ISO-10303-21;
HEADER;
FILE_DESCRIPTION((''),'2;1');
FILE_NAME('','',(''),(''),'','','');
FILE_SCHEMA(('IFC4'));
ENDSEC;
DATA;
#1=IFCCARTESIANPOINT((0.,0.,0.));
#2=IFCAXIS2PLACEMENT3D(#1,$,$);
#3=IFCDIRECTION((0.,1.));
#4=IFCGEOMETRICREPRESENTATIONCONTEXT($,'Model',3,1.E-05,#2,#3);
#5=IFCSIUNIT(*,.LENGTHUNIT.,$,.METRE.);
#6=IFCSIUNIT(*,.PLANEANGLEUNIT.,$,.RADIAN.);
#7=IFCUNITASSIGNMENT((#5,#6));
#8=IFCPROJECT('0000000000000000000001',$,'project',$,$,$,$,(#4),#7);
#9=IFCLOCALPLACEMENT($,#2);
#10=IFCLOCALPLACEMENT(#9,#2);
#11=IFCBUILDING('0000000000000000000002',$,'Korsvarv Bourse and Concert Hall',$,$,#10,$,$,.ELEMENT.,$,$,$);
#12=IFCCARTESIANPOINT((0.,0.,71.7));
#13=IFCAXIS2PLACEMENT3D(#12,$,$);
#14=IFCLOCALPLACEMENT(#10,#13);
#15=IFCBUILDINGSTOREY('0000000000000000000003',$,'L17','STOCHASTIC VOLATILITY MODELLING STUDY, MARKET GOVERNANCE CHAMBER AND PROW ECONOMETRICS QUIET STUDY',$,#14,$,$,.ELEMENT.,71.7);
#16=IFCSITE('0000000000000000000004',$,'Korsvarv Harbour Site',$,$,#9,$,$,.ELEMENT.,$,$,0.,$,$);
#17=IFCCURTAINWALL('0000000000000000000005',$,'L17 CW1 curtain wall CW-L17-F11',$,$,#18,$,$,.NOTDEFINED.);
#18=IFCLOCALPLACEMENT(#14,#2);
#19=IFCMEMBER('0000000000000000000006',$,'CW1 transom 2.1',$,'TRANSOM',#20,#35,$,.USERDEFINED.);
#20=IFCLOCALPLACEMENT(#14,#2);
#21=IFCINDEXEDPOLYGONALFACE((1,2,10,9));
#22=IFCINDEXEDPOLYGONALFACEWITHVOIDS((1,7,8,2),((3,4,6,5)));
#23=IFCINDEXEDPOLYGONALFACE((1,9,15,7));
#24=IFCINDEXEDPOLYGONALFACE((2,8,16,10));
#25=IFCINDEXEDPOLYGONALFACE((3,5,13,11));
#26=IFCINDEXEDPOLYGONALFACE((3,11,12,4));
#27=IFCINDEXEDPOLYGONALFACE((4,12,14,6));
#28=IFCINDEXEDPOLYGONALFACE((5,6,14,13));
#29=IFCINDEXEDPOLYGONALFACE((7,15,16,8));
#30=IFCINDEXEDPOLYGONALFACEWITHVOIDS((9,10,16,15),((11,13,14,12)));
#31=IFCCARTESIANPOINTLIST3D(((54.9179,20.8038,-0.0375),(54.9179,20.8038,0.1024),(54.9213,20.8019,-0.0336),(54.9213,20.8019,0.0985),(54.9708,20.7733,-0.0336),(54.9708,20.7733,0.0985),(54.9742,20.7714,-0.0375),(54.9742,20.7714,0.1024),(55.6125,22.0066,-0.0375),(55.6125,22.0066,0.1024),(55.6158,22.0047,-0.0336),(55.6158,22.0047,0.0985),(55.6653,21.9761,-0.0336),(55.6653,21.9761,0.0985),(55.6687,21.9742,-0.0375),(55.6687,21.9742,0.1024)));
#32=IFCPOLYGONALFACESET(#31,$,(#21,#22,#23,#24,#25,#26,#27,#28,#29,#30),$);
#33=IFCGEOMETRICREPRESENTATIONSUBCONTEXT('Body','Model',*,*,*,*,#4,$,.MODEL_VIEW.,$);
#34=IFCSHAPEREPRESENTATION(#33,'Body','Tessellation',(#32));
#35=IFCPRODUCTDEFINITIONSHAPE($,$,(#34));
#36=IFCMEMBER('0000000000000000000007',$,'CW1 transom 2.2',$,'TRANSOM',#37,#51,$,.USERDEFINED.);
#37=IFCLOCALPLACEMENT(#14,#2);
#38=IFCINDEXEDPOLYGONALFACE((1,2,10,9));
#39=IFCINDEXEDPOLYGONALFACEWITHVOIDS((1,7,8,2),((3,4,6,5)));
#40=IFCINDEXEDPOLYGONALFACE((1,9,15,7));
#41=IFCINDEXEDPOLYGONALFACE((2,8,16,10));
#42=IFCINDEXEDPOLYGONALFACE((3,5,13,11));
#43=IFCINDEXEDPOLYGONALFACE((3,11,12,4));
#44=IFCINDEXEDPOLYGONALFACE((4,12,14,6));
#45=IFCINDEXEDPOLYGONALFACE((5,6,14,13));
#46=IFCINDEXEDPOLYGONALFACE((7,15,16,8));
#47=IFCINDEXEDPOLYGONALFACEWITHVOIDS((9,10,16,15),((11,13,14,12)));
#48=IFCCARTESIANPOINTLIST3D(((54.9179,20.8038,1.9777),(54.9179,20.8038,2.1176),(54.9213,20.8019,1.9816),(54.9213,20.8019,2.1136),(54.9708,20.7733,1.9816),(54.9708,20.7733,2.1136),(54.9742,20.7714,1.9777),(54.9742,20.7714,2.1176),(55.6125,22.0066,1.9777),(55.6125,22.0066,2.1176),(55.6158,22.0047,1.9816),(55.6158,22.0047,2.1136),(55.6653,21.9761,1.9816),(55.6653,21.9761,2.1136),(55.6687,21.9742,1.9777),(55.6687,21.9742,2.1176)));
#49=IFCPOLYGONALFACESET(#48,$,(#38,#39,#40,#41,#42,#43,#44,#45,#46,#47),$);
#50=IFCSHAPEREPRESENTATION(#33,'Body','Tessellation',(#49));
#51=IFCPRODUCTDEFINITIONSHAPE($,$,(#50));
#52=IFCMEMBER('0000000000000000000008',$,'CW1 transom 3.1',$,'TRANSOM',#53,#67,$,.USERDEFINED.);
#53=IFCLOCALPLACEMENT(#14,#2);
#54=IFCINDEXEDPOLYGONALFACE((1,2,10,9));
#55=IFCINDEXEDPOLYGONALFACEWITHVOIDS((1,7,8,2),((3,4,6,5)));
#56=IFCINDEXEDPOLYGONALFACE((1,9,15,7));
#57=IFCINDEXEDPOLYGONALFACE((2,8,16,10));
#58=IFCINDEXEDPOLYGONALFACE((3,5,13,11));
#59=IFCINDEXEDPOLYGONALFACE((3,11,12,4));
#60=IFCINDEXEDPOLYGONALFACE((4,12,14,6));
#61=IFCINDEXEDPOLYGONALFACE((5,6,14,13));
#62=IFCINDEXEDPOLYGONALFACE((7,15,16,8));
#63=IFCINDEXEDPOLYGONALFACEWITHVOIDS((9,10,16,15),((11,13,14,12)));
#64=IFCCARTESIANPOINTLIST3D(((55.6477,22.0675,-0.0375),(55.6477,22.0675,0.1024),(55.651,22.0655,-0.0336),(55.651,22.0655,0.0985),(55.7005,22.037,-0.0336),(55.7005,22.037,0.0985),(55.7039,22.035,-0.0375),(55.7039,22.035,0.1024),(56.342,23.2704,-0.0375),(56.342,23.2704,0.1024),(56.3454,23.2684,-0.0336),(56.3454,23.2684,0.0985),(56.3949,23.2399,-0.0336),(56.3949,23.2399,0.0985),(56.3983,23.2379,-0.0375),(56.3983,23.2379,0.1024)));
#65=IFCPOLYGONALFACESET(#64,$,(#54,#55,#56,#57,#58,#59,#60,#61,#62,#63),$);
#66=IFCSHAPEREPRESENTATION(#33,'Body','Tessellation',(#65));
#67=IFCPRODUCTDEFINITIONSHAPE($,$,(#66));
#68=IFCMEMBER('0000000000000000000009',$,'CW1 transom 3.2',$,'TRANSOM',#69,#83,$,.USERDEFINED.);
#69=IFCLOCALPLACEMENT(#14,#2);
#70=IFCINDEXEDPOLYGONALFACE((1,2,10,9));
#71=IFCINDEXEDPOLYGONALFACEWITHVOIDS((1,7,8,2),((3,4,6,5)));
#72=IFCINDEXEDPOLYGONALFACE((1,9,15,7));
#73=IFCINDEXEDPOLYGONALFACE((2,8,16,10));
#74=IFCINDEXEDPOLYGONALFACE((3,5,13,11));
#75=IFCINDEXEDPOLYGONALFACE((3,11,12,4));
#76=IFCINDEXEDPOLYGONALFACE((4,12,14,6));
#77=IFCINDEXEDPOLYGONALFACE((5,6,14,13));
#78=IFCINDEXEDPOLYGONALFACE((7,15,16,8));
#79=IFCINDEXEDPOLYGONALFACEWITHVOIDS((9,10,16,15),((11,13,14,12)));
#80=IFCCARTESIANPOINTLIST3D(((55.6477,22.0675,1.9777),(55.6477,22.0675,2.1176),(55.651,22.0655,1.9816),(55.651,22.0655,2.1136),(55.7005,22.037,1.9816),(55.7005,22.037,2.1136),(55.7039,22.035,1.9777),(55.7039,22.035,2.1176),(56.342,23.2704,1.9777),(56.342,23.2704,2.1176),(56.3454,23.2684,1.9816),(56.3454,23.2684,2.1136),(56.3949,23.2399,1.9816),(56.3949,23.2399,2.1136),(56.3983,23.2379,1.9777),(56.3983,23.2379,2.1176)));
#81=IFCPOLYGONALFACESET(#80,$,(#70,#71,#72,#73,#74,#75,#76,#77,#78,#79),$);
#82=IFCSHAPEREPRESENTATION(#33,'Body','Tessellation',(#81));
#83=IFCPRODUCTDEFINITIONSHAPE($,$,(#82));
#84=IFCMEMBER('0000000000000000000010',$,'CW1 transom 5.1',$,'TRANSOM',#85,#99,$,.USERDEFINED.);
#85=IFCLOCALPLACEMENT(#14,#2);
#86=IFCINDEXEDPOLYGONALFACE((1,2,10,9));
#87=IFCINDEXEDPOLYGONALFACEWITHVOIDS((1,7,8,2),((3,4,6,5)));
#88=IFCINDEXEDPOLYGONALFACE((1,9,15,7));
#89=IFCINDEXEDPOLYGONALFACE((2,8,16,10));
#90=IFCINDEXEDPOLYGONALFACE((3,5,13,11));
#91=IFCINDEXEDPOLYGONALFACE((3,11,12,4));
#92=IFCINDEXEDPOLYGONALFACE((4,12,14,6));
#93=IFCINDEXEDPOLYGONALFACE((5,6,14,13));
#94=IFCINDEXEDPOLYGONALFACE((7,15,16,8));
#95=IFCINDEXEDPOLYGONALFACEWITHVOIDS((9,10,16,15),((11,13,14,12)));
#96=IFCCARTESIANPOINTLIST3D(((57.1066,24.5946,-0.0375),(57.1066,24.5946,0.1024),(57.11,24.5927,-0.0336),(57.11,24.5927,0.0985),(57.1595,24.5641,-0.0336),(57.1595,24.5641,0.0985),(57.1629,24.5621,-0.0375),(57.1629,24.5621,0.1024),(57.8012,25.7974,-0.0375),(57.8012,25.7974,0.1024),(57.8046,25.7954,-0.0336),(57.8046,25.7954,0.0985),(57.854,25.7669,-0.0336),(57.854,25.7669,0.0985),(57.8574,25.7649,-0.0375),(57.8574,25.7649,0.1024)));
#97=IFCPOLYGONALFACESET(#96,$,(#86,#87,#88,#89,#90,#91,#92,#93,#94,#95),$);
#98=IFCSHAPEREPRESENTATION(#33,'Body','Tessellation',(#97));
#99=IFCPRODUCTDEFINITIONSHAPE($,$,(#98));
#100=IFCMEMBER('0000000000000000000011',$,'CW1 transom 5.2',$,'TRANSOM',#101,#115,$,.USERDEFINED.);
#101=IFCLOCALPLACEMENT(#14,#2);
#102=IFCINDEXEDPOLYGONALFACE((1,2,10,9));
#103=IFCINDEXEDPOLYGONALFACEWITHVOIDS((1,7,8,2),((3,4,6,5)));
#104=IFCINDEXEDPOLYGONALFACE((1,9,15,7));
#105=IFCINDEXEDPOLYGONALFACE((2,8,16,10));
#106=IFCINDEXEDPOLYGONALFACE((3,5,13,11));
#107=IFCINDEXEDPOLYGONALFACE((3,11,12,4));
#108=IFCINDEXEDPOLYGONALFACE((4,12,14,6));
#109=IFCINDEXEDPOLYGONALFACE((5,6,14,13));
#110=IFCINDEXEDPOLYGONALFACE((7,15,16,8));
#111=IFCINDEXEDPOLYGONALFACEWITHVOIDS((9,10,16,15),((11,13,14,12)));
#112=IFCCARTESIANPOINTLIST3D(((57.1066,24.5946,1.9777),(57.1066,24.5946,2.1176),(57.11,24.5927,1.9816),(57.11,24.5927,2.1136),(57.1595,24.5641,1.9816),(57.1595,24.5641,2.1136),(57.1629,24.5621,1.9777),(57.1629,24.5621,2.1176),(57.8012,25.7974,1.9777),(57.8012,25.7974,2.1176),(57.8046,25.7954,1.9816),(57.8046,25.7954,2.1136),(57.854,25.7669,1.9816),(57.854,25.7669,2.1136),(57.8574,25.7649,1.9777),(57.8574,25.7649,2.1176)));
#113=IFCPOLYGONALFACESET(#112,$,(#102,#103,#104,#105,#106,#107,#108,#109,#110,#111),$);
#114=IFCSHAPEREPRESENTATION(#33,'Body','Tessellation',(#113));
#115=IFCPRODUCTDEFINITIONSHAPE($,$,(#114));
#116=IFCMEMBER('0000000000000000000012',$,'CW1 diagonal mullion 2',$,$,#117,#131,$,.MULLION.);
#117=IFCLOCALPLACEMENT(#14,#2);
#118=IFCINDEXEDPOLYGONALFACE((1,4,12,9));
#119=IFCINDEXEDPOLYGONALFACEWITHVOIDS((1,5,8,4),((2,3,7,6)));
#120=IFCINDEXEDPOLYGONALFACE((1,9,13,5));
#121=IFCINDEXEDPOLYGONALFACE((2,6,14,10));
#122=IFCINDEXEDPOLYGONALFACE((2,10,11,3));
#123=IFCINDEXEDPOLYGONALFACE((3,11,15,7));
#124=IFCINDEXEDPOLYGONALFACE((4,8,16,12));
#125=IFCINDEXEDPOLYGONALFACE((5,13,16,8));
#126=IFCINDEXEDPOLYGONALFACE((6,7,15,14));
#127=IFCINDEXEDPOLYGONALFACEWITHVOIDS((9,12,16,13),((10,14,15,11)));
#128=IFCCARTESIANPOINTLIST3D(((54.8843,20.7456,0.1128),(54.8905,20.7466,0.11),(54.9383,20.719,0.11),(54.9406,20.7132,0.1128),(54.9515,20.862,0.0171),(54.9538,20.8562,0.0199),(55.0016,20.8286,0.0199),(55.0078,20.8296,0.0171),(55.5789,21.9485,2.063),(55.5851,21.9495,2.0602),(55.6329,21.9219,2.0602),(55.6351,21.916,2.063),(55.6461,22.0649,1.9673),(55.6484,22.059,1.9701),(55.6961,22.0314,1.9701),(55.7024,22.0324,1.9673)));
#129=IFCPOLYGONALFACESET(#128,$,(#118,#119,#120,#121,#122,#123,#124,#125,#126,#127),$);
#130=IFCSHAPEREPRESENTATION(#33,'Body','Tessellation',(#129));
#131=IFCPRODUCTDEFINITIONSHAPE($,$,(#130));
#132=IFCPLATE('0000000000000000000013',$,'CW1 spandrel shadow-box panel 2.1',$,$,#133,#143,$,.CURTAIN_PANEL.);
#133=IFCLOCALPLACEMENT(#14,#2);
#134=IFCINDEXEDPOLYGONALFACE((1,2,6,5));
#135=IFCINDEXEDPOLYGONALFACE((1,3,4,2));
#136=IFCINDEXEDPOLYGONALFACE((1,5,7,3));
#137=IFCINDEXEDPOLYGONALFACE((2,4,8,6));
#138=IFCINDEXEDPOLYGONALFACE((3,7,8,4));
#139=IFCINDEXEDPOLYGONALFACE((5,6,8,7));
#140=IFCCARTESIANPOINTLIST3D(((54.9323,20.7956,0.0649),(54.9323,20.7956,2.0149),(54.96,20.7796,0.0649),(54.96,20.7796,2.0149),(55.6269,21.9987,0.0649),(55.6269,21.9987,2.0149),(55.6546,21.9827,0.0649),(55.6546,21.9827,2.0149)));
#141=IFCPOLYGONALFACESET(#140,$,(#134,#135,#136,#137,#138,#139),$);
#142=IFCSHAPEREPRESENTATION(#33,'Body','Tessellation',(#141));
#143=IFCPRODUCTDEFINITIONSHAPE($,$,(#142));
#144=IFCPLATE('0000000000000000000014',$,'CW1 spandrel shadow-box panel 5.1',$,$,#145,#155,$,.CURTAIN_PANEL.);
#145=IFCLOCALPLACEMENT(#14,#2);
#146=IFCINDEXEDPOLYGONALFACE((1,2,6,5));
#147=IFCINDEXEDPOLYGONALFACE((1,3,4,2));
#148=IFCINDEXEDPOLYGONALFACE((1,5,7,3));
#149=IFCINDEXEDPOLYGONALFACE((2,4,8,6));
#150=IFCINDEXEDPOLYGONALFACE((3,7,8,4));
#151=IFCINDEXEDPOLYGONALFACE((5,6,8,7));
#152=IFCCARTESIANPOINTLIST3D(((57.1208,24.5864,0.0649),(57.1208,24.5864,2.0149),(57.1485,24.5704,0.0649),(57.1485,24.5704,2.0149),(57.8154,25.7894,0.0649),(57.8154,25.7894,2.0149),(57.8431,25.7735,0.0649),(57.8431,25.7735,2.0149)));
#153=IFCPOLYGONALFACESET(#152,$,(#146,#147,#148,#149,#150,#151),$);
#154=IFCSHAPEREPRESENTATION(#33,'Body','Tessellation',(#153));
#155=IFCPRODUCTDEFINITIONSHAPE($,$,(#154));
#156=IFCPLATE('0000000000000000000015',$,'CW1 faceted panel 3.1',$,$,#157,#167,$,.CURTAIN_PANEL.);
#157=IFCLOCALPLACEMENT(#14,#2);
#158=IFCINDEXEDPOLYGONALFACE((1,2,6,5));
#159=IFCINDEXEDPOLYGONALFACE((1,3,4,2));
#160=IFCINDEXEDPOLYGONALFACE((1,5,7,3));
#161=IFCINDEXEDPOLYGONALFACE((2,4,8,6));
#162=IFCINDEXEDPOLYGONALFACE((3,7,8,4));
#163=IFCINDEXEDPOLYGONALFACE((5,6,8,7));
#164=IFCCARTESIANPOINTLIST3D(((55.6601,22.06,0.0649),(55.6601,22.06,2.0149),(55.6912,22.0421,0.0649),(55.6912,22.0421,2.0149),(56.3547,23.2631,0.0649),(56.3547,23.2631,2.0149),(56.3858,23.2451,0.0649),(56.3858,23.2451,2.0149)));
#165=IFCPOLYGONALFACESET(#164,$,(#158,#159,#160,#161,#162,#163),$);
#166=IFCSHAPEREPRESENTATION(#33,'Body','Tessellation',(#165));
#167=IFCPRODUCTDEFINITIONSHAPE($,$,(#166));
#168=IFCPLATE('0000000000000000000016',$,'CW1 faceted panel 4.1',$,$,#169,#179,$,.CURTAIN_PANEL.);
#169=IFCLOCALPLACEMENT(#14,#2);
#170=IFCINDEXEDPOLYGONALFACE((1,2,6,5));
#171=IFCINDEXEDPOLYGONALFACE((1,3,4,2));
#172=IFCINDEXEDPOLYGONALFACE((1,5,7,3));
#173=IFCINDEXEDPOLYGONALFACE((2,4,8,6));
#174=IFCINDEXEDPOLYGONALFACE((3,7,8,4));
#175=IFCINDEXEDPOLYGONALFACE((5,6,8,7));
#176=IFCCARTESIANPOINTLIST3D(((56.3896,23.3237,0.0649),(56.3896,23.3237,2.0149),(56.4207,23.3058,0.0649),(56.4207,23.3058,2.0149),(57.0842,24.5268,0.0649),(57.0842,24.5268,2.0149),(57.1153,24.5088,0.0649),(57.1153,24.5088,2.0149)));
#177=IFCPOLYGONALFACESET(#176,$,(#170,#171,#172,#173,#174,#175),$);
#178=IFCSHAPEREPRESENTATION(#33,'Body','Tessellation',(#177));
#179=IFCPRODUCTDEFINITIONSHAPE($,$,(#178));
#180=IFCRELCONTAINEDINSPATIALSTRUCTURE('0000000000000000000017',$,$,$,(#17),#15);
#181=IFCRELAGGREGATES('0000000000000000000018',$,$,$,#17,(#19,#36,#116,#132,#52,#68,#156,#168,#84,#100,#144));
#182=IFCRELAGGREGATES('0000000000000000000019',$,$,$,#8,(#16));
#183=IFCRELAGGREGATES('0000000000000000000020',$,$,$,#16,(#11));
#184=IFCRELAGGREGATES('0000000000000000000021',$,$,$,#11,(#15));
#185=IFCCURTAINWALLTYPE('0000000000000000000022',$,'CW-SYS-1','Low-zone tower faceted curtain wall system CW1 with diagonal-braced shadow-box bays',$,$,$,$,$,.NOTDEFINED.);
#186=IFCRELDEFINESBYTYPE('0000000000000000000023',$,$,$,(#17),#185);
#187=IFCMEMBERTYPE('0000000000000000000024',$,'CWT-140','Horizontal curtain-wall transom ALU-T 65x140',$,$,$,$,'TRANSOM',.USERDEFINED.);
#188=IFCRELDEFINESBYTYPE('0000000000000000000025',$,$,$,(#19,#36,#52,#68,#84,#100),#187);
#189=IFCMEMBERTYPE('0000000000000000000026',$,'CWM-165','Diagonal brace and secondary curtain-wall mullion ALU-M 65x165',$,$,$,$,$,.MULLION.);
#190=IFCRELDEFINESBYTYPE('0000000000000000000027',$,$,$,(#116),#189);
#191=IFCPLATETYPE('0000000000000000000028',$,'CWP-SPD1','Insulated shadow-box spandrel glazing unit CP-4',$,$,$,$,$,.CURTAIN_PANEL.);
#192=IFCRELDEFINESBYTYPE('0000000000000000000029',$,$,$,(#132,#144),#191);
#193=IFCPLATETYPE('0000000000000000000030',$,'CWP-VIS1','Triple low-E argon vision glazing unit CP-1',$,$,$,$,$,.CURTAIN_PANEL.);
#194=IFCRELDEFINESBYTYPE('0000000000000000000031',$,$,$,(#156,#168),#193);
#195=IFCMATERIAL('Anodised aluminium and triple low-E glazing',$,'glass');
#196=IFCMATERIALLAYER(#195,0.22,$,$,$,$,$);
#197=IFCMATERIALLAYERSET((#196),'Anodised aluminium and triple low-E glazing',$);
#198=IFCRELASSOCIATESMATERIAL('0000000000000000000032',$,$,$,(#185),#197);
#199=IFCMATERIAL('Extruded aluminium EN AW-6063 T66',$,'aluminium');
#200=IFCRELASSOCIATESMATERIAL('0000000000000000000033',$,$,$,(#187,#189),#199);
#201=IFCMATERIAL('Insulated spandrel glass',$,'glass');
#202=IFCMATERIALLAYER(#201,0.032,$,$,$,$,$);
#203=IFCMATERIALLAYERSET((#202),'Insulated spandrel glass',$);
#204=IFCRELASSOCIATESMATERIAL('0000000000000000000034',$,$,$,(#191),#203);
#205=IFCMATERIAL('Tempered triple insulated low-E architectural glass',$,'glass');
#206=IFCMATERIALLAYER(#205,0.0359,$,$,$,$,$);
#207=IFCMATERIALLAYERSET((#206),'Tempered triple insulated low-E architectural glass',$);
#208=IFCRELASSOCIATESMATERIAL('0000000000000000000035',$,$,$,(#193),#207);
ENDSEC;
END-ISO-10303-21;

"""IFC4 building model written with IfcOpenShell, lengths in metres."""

from ifc_helpers import new_model, si_unit, direction, frame, origin, origin_2d, place, context, subcontext, project, spatial, rectangle, hollow_rectangle, extrude, source, transform, mapped, material, layer, layer_set, material_profile, profile_set, type_object, element, aggregate, save


model = new_model("IFC4")

# Units and contexts
model_context = context("Model", 3, precision=1e-05, world=origin(), true_north=direction((0.0, 1.0)))
body_context = subcontext(model_context, "Body", "Model", "MODEL_VIEW")
ifc_project = project(units=[si_unit("LENGTHUNIT", "METRE"), si_unit("PLANEANGLEUNIT", "RADIAN")], contexts=[model_context])

# Site, building, storey
site_placement = place(None, origin())
site = spatial("IfcSite", under=ifc_project, at=site_placement, Name="Korsvarv Harbour Site", CompositionType="ELEMENT", RefElevation=0.0)
building_placement = place(site_placement, origin())
building = spatial("IfcBuilding", under=site, at=building_placement, Name="Korsvarv Bourse and Concert Hall", CompositionType="ELEMENT")
storey_placement = place(building_placement, frame((0.0, 0.0, 71.7)))
storey = spatial("IfcBuildingStorey", under=building, at=storey_placement, Name="L17", Description="STOCHASTIC VOLATILITY MODELLING STUDY, MARKET GOVERNANCE CHAMBER AND PROW ECONOMETRICS QUIET STUDY", CompositionType="ELEMENT", Elevation=71.7)

# Curtain wall, members, plates
ifc_material_1 = material(Name="Anodised aluminium and triple low-E glazing", Category="glass")
ifc_layer_1 = layer(ifc_material_1, 0.22)
ifc_layer_set_1 = layer_set([ifc_layer_1], Name="Anodised aluminium and triple low-E glazing")
curtain_wall_type = type_object("IfcCurtainWallType", Name="CW-SYS-1", Description="Low-zone tower faceted curtain wall system CW1 with diagonal-braced shadow-box bays", PredefinedType="NOTDEFINED", material=ifc_layer_set_1)
curtain_wall_placement = place(storey_placement, origin())
curtain_wall = element("IfcCurtainWall", 1, at=curtain_wall_placement, inside=storey, type_object=curtain_wall_type, Name="L17 CW1 curtain wall CW-L17-F11", PredefinedType="NOTDEFINED")
ifc_material_2 = material(Name="Extruded aluminium EN AW-6063 T66", Category="aluminium")
ifc_material_profile_1 = material_profile(ifc_material_2, hollow_rectangle(XDim=0.0649, YDim=0.1399, WallThickness=0.0039, at=origin_2d()), Name="ALU-T 65x140")
ifc_profile_set_1 = profile_set([ifc_material_profile_1], Name="Extruded aluminium EN AW-6063 T66")
member_type_1 = type_object("IfcMemberType", Name="CWT-140", Description="Horizontal curtain-wall transom ALU-T 65x140", ElementType="TRANSOM", PredefinedType="USERDEFINED", material=ifc_profile_set_1)
shared_shape_1 = source(origin(), body_context, "Body", "SweptSolid", [
    extrude(hollow_rectangle(XDim=0.0649, YDim=0.1399, WallThickness=0.0039, at=origin_2d()), origin(), (0.0, 0.0, 1.0), 1.3889),
])
member_1_placement = place(storey_placement, frame((54.946, 20.7876, 0.0325), z_axis=(0.500052, 0.865995, 0.0), x_axis=(-0.865995, 0.500052, 0.0)))
member_1 = element("IfcMember", 2, at=member_1_placement, type_object=member_type_1, Name="CW1 transom 2.1", ObjectType="TRANSOM", PredefinedType="USERDEFINED", context=body_context, shape_type="MappedRepresentation", body=[
    mapped(shared_shape_1, transform((0.0, 0.0, 0.0), scale=1.0)),
])
member_2_placement = place(storey_placement, frame((54.946, 20.7876, 2.0476), z_axis=(0.500052, 0.865995, 0.0), x_axis=(-0.865995, 0.500052, 0.0)))
member_2 = element("IfcMember", 3, at=member_2_placement, type_object=member_type_1, Name="CW1 transom 2.2", ObjectType="TRANSOM", PredefinedType="USERDEFINED", context=body_context, shape_type="MappedRepresentation", body=[
    mapped(shared_shape_1, transform((0.0, 0.0, 0.0), scale=1.0)),
])
member_3_placement = place(storey_placement, frame((55.6758, 22.0513, 0.0325), z_axis=(0.49992, 0.866071, 0.0), x_axis=(-0.866071, 0.49992, 0.0)))
member_3 = element("IfcMember", 4, at=member_3_placement, type_object=member_type_1, Name="CW1 transom 3.1", ObjectType="TRANSOM", PredefinedType="USERDEFINED", context=body_context, shape_type="MappedRepresentation", body=[
    mapped(shared_shape_1, transform((0.0, 0.0, 0.0), scale=1.0)),
])
member_4_placement = place(storey_placement, frame((55.6758, 22.0513, 2.0476), z_axis=(0.49992, 0.866071, 0.0), x_axis=(-0.866071, 0.49992, 0.0)))
member_4 = element("IfcMember", 5, at=member_4_placement, type_object=member_type_1, Name="CW1 transom 3.2", ObjectType="TRANSOM", PredefinedType="USERDEFINED", context=body_context, shape_type="MappedRepresentation", body=[
    mapped(shared_shape_1, transform((0.0, 0.0, 0.0), scale=1.0)),
])
member_5_placement = place(storey_placement, frame((57.1348, 24.5784, 0.0325), z_axis=(0.500052, 0.865995, 0.0), x_axis=(-0.865995, 0.500052, 0.0)))
member_5 = element("IfcMember", 6, at=member_5_placement, type_object=member_type_1, Name="CW1 transom 5.1", ObjectType="TRANSOM", PredefinedType="USERDEFINED", context=body_context, shape_type="MappedRepresentation", body=[
    mapped(shared_shape_1, transform((0.0, 0.0, 0.0), scale=1.0)),
])
member_6_placement = place(storey_placement, frame((57.1348, 24.5784, 2.0476), z_axis=(0.500052, 0.865995, 0.0), x_axis=(-0.865995, 0.500052, 0.0)))
member_6 = element("IfcMember", 7, at=member_6_placement, type_object=member_type_1, Name="CW1 transom 5.2", ObjectType="TRANSOM", PredefinedType="USERDEFINED", context=body_context, shape_type="MappedRepresentation", body=[
    mapped(shared_shape_1, transform((0.0, 0.0, 0.0), scale=1.0)),
])
ifc_material_profile_2 = material_profile(ifc_material_2, hollow_rectangle(XDim=0.0649, YDim=0.165, WallThickness=0.0049, at=origin_2d()), Name="ALU-M 65x165")
ifc_profile_set_2 = profile_set([ifc_material_profile_2], Name="Extruded aluminium EN AW-6063 T66")
member_type_2 = type_object("IfcMemberType", Name="CWM-165", Description="Diagonal brace and secondary curtain-wall mullion ALU-M 65x165", PredefinedType="MULLION", material=ifc_profile_set_2)
shared_shape_2 = source(origin(), body_context, "Body", "SweptSolid", [
    extrude(hollow_rectangle(XDim=0.0649, YDim=0.165, WallThickness=0.0049, at=origin_2d()), origin(), (0.0, 0.0, 1.0), 2.3943),
])
member_7_placement = place(storey_placement, frame((54.946, 20.7876, 0.0649), z_axis=(0.290099, 0.502396, 0.814519), x_axis=(-0.865995, 0.500052, 0.0)))
member_7 = element("IfcMember", 8, at=member_7_placement, type_object=member_type_2, Name="CW1 diagonal mullion 2", PredefinedType="MULLION", context=body_context, shape_type="MappedRepresentation", body=[
    mapped(shared_shape_2, transform((0.0, 0.0, 0.0), scale=1.0)),
])
ifc_material_3 = material(Name="Insulated spandrel glass", Category="glass")
ifc_layer_2 = layer(ifc_material_3, 0.032)
ifc_layer_set_2 = layer_set([ifc_layer_2], Name="Insulated spandrel glass")
plate_type_1 = type_object("IfcPlateType", Name="CWP-SPD1", Description="Insulated shadow-box spandrel glazing unit CP-4", PredefinedType="CURTAIN_PANEL", material=ifc_layer_set_2)
shared_shape_3 = source(origin(), body_context, "Body", "SweptSolid", [
    extrude(rectangle(XDim=1.3892, YDim=0.032, at=origin_2d()), origin(), (0.0, 0.0, 1.0), 1.95),
])
plate_1_placement = place(storey_placement, frame((55.2935, 21.3892, 0.0649), z_axis=(0.0, 0.0, 1.0), x_axis=(0.500006, 0.866022, 0.0)))
plate_1 = element("IfcPlate", 9, at=plate_1_placement, type_object=plate_type_1, Name="CW1 spandrel shadow-box panel 2.1", PredefinedType="CURTAIN_PANEL", context=body_context, shape_type="MappedRepresentation", body=[
    mapped(shared_shape_3, transform((0.0, 0.0, 0.0), scale=1.0)),
])
plate_2_placement = place(storey_placement, frame((57.4819, 25.1799, 0.0649), z_axis=(0.0, 0.0, 1.0), x_axis=(0.500006, 0.866022, 0.0)))
plate_2 = element("IfcPlate", 10, at=plate_2_placement, type_object=plate_type_1, Name="CW1 spandrel shadow-box panel 5.1", PredefinedType="CURTAIN_PANEL", context=body_context, shape_type="MappedRepresentation", body=[
    mapped(shared_shape_3, transform((0.0, 0.0, 0.0), scale=1.0)),
])
ifc_material_4 = material(Name="Tempered triple insulated low-E architectural glass", Category="glass")
ifc_layer_3 = layer(ifc_material_4, 0.0359)
ifc_layer_set_3 = layer_set([ifc_layer_3], Name="Tempered triple insulated low-E architectural glass")
plate_type_2 = type_object("IfcPlateType", Name="CWP-VIS1", Description="Triple low-E argon vision glazing unit CP-1", PredefinedType="CURTAIN_PANEL", material=ifc_layer_set_3)
shared_shape_4 = source(origin(), body_context, "Body", "SweptSolid", [
    extrude(rectangle(XDim=1.3892, YDim=0.0359, at=origin_2d()), origin(), (0.0, 0.0, 1.0), 1.95),
])
plate_3_placement = place(storey_placement, frame((56.0229, 22.6526, 0.0649), z_axis=(0.0, 0.0, 1.0), x_axis=(0.500006, 0.866022, 0.0)))
plate_3 = element("IfcPlate", 11, at=plate_3_placement, type_object=plate_type_2, Name="CW1 faceted panel 3.1", PredefinedType="CURTAIN_PANEL", context=body_context, shape_type="MappedRepresentation", body=[
    mapped(shared_shape_4, transform((0.0, 0.0, 0.0), scale=1.0)),
])
plate_4_placement = place(storey_placement, frame((56.7524, 23.9163, 0.0649), z_axis=(0.0, 0.0, 1.0), x_axis=(0.500006, 0.866022, 0.0)))
plate_4 = element("IfcPlate", 12, at=plate_4_placement, type_object=plate_type_2, Name="CW1 faceted panel 4.1", PredefinedType="CURTAIN_PANEL", context=body_context, shape_type="MappedRepresentation", body=[
    mapped(shared_shape_4, transform((0.0, 0.0, 0.0), scale=1.0)),
])
aggregate(curtain_wall, [member_1, member_2, member_7, plate_1, member_3, member_4, plate_3, plate_4, member_5, member_6, plate_2])

save(model, "model.ifc")
